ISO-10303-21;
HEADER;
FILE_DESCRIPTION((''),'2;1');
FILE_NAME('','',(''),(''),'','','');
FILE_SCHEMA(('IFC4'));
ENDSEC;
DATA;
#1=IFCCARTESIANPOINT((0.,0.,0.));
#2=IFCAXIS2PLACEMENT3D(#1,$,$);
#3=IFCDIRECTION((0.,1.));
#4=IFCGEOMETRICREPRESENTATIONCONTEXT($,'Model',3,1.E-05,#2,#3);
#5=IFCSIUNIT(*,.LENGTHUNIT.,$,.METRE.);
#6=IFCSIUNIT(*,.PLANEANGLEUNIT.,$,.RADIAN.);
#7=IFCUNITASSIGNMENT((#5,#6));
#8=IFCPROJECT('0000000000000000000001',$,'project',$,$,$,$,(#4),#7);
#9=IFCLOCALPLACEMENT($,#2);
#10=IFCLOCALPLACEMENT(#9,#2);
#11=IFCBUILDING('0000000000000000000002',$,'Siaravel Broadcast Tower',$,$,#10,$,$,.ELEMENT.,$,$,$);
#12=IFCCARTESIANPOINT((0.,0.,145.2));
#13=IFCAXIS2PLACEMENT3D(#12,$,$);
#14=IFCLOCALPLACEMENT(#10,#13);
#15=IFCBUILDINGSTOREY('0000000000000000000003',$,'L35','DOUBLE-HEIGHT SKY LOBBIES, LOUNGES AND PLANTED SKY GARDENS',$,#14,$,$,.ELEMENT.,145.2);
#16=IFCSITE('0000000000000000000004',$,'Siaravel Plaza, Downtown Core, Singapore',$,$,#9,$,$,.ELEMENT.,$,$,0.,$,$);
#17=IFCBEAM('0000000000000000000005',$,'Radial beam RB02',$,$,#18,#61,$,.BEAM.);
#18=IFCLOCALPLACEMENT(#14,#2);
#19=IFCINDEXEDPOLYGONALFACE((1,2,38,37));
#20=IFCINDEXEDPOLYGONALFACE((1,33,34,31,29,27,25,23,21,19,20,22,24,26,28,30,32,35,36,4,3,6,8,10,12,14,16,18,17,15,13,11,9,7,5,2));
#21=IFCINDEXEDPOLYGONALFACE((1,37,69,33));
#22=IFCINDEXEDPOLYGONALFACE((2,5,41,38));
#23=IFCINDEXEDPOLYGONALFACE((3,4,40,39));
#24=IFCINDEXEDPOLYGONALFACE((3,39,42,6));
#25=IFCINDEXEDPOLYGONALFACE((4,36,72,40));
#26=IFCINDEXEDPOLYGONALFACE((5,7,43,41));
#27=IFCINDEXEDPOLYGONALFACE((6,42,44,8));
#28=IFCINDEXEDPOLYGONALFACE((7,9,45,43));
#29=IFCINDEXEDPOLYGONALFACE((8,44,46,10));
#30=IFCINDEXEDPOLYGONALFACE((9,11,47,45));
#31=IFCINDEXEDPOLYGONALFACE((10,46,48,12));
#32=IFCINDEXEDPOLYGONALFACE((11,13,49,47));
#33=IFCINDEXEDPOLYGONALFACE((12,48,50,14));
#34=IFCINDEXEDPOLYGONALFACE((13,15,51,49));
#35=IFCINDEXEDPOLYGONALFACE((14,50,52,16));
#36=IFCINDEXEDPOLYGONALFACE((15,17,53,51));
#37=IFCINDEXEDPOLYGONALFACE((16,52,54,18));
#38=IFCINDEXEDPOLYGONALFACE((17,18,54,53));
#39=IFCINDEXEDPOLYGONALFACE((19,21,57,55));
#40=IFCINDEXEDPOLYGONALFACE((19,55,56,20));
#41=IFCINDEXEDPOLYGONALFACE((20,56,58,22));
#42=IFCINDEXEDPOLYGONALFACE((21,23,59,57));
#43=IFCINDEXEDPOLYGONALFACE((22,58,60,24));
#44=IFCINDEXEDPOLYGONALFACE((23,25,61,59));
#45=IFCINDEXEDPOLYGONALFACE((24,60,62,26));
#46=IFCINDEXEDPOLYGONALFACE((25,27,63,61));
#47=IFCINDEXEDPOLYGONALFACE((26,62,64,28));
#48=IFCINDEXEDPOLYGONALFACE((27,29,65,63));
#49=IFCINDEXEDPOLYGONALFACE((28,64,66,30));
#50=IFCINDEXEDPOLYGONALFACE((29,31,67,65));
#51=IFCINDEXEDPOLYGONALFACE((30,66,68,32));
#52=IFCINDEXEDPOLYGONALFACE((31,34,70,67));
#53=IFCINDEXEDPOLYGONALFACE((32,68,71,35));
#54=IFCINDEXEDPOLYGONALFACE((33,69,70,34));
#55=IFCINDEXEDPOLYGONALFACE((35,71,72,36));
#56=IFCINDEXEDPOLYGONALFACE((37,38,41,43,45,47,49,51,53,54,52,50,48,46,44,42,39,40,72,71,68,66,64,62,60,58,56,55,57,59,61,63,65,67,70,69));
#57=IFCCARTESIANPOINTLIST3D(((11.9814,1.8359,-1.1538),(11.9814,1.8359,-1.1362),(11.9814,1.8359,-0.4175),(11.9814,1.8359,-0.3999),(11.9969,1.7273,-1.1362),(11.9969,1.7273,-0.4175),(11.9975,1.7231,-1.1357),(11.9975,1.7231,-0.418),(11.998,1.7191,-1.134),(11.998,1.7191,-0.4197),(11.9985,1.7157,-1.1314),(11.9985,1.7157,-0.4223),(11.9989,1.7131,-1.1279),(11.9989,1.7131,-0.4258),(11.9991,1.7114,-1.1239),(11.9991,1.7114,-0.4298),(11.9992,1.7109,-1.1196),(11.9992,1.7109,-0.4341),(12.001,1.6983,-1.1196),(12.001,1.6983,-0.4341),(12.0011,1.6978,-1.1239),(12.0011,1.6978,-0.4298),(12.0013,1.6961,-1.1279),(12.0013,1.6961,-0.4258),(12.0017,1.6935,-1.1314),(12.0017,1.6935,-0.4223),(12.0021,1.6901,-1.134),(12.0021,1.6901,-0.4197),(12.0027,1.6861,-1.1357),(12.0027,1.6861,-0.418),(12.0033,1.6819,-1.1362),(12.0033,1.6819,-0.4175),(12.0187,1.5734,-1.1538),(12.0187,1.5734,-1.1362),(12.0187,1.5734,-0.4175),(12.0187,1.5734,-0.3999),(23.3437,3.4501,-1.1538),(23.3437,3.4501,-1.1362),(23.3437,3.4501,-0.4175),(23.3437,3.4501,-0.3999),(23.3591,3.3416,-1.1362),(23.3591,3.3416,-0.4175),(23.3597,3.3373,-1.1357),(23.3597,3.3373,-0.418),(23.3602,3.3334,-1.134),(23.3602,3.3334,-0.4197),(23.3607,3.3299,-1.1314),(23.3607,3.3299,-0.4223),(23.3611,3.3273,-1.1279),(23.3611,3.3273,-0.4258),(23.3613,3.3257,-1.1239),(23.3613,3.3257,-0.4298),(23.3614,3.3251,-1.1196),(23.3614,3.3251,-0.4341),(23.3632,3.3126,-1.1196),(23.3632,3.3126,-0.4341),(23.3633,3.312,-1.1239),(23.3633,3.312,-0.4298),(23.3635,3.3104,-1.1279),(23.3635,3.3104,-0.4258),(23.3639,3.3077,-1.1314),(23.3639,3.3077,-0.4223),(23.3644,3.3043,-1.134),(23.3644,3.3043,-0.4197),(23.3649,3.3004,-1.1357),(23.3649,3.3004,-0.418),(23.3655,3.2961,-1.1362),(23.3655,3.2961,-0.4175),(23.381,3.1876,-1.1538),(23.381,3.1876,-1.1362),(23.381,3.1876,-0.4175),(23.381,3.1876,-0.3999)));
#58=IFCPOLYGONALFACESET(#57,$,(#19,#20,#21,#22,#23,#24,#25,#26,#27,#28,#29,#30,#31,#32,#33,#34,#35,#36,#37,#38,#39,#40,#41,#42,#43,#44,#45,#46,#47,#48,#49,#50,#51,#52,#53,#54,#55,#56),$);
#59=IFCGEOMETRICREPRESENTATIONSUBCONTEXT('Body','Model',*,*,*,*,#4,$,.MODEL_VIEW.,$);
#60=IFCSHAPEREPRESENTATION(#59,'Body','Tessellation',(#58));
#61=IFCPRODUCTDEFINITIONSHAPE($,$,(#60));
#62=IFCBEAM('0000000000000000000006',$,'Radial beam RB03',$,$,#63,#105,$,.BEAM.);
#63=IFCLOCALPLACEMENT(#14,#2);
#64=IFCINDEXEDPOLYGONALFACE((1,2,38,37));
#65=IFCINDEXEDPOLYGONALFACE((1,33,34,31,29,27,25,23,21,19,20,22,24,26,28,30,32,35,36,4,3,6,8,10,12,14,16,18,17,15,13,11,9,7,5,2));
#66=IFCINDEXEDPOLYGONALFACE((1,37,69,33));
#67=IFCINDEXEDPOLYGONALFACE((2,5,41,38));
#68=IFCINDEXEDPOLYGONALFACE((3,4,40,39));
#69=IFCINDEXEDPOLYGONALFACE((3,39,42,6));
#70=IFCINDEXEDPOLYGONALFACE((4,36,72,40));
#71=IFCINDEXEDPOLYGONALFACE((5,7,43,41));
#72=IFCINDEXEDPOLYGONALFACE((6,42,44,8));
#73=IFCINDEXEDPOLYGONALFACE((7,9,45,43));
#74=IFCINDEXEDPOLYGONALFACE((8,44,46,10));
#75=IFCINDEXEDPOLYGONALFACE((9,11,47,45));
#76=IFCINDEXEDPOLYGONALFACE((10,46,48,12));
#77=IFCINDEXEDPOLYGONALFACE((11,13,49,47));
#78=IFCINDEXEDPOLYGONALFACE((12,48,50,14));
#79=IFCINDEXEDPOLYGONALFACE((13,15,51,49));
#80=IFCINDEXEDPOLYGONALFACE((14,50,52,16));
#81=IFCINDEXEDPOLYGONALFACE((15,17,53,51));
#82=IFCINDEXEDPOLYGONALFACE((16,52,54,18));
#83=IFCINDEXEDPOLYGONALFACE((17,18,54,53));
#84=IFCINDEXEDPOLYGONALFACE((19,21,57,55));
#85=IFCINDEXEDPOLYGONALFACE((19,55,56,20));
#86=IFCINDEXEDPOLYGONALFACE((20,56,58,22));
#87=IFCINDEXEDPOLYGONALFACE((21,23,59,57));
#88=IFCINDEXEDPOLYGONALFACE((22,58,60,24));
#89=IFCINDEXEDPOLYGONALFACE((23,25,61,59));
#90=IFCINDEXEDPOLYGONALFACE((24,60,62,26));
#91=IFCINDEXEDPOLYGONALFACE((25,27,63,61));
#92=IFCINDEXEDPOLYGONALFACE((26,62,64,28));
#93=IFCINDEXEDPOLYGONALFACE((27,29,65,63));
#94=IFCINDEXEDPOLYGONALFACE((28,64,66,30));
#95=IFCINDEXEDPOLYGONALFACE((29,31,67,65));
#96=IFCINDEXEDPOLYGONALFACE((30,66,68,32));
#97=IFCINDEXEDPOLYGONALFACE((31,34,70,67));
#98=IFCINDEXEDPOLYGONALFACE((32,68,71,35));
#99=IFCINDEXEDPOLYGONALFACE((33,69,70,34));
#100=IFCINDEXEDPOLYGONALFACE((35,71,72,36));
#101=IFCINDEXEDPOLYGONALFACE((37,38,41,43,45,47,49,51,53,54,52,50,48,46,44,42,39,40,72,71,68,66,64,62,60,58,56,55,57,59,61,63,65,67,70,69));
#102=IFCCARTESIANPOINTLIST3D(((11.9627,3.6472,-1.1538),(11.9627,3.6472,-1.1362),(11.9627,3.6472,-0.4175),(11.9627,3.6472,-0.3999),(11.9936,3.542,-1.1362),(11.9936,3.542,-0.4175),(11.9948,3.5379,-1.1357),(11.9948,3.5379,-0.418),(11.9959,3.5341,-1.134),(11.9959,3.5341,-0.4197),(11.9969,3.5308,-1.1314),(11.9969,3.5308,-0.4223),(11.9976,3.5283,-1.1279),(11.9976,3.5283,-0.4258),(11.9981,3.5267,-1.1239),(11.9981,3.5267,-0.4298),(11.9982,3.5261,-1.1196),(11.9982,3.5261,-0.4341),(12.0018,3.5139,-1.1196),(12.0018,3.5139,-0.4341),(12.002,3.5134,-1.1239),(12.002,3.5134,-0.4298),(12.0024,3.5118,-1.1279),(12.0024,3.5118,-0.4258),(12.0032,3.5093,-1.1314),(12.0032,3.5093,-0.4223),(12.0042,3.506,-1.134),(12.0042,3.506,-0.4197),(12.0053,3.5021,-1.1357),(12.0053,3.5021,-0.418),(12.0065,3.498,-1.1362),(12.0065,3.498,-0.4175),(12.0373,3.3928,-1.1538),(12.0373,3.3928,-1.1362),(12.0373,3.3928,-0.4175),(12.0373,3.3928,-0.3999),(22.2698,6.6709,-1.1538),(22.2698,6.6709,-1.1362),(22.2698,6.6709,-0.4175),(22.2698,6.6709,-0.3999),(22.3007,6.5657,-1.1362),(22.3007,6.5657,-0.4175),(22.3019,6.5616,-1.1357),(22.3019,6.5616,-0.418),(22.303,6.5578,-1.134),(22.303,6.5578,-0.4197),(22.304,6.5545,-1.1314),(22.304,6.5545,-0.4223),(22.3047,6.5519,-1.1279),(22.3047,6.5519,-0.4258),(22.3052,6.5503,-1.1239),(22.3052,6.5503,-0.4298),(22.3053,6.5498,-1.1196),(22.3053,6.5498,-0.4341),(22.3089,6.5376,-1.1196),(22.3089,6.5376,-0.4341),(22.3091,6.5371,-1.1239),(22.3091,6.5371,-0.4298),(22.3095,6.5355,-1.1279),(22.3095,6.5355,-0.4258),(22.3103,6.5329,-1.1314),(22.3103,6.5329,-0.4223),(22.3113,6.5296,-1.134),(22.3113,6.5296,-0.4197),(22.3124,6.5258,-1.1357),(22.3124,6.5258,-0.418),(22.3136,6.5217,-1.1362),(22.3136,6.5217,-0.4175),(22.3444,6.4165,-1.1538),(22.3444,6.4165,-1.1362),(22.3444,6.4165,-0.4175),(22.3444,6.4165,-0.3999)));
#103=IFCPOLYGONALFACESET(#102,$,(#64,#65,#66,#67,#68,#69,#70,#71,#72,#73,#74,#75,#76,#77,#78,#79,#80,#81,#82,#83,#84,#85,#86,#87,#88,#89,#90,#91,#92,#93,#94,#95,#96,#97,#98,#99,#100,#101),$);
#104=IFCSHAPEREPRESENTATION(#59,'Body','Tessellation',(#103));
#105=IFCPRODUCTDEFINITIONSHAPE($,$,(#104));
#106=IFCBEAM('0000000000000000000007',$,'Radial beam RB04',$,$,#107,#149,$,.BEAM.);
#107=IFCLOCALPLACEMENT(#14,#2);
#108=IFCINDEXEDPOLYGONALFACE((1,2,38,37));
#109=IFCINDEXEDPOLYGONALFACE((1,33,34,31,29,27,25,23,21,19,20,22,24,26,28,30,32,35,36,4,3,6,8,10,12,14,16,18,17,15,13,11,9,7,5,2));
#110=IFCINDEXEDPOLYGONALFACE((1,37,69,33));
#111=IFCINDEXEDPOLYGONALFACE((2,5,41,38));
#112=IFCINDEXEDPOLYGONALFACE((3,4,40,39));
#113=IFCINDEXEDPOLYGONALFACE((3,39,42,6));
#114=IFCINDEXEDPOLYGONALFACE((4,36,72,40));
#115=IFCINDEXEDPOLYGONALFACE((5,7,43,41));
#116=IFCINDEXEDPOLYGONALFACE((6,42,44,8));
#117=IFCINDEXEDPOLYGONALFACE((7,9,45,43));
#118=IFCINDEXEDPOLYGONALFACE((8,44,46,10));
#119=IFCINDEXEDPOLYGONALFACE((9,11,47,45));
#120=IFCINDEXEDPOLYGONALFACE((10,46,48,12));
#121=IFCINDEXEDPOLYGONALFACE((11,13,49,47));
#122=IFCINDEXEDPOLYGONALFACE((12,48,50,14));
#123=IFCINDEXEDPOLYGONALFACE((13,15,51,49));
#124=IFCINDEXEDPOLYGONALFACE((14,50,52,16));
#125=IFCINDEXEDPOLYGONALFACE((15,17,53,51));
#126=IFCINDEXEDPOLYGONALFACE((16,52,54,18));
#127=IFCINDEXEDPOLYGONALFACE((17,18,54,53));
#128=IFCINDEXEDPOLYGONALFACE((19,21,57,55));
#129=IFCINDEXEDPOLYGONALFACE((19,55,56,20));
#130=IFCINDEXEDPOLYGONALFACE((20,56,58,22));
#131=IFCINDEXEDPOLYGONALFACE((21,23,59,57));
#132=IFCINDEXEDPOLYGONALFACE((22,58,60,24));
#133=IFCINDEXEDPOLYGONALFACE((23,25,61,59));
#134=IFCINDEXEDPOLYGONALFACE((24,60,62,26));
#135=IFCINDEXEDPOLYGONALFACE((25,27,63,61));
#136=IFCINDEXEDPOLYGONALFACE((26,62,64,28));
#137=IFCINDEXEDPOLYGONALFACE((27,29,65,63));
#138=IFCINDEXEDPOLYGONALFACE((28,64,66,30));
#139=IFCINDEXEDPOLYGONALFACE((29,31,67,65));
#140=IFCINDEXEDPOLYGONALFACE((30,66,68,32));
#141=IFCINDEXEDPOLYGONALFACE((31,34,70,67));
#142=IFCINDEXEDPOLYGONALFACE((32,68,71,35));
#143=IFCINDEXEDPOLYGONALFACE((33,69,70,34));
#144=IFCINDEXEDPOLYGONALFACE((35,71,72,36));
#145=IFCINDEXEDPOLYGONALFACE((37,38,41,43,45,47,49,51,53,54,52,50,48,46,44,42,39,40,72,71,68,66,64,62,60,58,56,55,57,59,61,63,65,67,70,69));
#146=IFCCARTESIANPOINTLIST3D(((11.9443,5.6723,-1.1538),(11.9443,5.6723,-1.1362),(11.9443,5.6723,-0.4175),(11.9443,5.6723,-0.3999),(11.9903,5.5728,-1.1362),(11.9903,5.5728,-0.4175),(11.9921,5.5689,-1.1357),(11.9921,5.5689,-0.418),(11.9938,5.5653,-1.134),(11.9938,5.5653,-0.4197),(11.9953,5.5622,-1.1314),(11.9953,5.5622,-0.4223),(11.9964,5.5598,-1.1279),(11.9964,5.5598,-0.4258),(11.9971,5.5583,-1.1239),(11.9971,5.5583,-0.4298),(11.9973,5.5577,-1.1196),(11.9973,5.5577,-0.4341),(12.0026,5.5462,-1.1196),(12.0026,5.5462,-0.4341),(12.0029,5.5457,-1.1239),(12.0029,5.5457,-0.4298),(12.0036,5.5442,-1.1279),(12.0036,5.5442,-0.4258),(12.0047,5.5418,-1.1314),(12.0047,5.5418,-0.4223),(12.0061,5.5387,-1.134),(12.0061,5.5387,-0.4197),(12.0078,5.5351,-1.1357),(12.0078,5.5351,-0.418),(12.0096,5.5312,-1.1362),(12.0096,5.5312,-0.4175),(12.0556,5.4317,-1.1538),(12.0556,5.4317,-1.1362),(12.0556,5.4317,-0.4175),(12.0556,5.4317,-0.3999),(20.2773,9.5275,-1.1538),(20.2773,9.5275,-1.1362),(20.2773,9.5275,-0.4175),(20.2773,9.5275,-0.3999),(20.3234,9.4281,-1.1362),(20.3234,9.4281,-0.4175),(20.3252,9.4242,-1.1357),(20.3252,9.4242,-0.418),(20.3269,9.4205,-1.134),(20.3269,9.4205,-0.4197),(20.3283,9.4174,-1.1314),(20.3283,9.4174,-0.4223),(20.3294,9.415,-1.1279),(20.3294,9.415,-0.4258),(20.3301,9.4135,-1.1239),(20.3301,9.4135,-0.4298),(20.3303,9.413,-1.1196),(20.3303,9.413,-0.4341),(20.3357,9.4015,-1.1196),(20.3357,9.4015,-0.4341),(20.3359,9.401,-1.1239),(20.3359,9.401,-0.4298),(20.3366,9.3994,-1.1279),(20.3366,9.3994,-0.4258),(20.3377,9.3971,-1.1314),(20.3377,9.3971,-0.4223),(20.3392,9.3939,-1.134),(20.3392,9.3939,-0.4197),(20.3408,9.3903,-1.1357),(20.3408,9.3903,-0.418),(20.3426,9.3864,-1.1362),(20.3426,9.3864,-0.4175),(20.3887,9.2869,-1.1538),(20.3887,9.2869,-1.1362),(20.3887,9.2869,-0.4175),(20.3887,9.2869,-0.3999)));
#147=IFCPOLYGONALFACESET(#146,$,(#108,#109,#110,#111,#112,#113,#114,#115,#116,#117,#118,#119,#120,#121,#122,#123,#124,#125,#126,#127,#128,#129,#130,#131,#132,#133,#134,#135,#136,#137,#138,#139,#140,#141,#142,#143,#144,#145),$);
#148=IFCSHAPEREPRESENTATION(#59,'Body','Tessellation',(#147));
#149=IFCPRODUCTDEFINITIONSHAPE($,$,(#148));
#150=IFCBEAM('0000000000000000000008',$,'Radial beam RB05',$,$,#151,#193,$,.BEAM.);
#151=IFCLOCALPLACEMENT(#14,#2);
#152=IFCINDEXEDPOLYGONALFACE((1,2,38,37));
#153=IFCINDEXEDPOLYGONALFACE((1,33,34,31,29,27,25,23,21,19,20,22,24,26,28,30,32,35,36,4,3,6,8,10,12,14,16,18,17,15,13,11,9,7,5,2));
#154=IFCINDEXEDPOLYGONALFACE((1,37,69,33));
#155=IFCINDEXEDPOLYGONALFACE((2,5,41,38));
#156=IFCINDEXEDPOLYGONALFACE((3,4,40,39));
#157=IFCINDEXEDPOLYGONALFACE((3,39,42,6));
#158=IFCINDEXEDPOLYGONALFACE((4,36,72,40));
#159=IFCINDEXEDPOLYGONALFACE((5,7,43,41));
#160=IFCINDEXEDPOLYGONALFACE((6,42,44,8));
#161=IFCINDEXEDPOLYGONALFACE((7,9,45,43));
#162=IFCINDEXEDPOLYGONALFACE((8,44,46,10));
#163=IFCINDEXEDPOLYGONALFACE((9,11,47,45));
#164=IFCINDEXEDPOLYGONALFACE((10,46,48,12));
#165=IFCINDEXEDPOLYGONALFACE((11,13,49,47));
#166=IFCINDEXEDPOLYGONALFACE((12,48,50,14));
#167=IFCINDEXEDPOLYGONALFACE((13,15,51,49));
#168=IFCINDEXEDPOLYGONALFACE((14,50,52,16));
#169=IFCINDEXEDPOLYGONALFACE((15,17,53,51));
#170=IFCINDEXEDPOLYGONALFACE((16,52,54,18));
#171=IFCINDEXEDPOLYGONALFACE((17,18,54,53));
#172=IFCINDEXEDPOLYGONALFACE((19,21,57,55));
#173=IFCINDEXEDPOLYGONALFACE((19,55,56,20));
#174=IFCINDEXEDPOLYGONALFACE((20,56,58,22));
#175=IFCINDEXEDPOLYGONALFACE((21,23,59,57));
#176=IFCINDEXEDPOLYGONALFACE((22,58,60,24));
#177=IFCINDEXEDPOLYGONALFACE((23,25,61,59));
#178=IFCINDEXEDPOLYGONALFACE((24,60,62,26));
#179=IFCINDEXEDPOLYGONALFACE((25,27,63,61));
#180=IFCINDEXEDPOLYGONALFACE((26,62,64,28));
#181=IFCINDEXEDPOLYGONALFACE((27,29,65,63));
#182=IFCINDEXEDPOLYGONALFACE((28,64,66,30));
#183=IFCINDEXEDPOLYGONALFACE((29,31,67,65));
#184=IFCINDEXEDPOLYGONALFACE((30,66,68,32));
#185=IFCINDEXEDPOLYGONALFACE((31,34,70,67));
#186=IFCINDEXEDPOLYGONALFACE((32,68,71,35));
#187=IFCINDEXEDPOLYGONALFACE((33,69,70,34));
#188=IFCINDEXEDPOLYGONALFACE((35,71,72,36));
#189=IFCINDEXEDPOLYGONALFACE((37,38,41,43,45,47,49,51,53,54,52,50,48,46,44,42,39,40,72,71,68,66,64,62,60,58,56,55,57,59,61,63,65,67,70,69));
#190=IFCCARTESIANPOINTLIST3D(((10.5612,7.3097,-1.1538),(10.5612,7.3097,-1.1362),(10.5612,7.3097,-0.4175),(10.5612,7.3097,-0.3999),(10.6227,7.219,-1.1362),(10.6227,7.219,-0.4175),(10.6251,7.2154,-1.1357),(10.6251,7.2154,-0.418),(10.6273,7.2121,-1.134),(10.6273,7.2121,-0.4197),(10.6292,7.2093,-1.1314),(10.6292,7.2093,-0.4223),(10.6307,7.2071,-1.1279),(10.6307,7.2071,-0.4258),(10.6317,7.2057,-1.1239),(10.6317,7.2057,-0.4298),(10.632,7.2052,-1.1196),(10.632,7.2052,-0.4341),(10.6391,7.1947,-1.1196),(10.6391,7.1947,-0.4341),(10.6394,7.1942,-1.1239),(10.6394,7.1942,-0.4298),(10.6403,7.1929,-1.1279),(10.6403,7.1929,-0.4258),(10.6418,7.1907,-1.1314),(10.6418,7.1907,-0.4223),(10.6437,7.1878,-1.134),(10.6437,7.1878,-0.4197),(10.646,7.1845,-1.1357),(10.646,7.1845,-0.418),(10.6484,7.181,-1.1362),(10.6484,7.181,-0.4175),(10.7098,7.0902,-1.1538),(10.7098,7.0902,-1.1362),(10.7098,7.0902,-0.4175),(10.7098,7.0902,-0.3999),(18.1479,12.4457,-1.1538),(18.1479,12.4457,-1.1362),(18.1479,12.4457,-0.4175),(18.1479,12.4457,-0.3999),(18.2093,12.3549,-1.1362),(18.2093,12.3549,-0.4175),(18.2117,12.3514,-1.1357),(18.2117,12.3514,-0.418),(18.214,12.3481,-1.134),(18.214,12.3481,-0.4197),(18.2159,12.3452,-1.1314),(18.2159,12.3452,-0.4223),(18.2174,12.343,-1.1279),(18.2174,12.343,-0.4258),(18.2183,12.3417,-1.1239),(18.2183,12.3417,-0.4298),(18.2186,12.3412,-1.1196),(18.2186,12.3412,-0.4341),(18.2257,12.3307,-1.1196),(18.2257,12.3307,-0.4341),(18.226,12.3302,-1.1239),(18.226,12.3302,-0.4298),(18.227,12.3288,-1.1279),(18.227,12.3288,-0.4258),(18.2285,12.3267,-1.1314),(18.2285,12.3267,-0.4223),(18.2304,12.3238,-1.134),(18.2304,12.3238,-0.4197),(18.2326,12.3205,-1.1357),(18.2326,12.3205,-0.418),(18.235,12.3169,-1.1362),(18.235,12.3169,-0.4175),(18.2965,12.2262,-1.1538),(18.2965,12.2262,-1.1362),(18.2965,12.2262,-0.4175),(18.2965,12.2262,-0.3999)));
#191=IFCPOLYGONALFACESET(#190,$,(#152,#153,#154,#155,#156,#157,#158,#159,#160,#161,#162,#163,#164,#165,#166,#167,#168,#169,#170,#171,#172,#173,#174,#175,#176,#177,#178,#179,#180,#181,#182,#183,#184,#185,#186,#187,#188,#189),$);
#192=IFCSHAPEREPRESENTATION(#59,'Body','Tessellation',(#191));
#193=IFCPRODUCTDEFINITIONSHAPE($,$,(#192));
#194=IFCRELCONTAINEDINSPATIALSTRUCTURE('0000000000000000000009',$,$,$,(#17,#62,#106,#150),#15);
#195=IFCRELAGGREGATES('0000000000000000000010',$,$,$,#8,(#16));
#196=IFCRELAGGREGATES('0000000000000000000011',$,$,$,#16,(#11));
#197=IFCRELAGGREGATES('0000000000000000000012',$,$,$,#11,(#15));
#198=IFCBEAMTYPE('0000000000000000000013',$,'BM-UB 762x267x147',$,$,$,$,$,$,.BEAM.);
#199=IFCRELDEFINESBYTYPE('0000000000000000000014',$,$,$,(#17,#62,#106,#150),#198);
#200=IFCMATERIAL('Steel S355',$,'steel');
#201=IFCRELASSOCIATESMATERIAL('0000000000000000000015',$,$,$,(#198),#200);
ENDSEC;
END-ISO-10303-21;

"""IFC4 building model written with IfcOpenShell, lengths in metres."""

from ifc_helpers import new_model, si_unit, direction, frame, origin, origin_2d, place, context, subcontext, project, spatial, i_section, extrude, material, material_profile, profile_set, type_object, element, save


model = new_model("IFC4")

# Units and contexts
model_context = context("Model", 3, precision=1e-05, world=origin(), true_north=direction((0.0, 1.0)))
body_context = subcontext(model_context, "Body", "Model", "MODEL_VIEW")
ifc_project = project(units=[si_unit("LENGTHUNIT", "METRE"), si_unit("PLANEANGLEUNIT", "RADIAN")], contexts=[model_context])

# Site, building, storey
site_placement = place(None, origin())
site = spatial("IfcSite", under=ifc_project, at=site_placement, Name="Siaravel Plaza, Downtown Core, Singapore", CompositionType="ELEMENT", RefElevation=0.0)
building_placement = place(site_placement, origin())
building = spatial("IfcBuilding", under=site, at=building_placement, Name="Siaravel Broadcast Tower", CompositionType="ELEMENT")
storey_placement = place(building_placement, frame((0.0, 0.0, 145.2)))
storey = spatial("IfcBuildingStorey", under=building, at=storey_placement, Name="L35", Description="DOUBLE-HEIGHT SKY LOBBIES, LOUNGES AND PLANTED SKY GARDENS", CompositionType="ELEMENT", Elevation=145.2)

# Beams
ifc_material_1 = material(Name="Steel S355", Category="steel")
ifc_material_profile_1 = material_profile(ifc_material_1, i_section(OverallWidth=0.2651, OverallDepth=0.7539, WebThickness=0.0127, FlangeThickness=0.0176, FilletRadius=0.0166, at=origin_2d()))
ifc_profile_set_1 = profile_set([ifc_material_profile_1], Name="Steel S355")
beam_type = type_object("IfcBeamType", Name="BM-UB 762x267x147", PredefinedType="BEAM", material=ifc_profile_set_1)
beam_1_placement = place(storey_placement, frame((23.3623, 3.3188, -0.7769), z_axis=(-0.990058, -0.140659, 0.0), x_axis=(0.140659, -0.990058, 0.0)))
element("IfcBeam", 1, at=beam_1_placement, inside=storey, type_object=beam_type, Name="Radial beam RB02", PredefinedType="BEAM", context=body_context, shape_type="SweptSolid", body=[
    extrude(i_section(OverallWidth=0.2651, OverallDepth=0.7539, WebThickness=0.0127, FlangeThickness=0.0176, FilletRadius=0.0166, at=origin_2d()), origin(), (0.0, 0.0, 1.0), 11.4763),
])
beam_2_placement = place(storey_placement, frame((22.3071, 6.5437, -0.7769), z_axis=(-0.959563, -0.281496, 0.0), x_axis=(0.281496, -0.959563, 0.0)))
element("IfcBeam", 2, at=beam_2_placement, inside=storey, type_object=beam_type, Name="Radial beam RB03", PredefinedType="BEAM", context=body_context, shape_type="SweptSolid", body=[
    extrude(i_section(OverallWidth=0.2651, OverallDepth=0.7539, WebThickness=0.0127, FlangeThickness=0.0176, FilletRadius=0.0166, at=origin_2d()), origin(), (0.0, 0.0, 1.0), 10.7415),
])
beam_3_placement = place(storey_placement, frame((20.333, 9.4072, -0.7769), z_axis=(-0.907577, -0.419886, 0.0), x_axis=(0.419886, -0.907577, 0.0)))
element("IfcBeam", 3, at=beam_3_placement, inside=storey, type_object=beam_type, Name="Radial beam RB04", PredefinedType="BEAM", context=body_context, shape_type="SweptSolid", body=[
    extrude(i_section(OverallWidth=0.2651, OverallDepth=0.7539, WebThickness=0.0127, FlangeThickness=0.0176, FilletRadius=0.0166, at=origin_2d()), origin(), (0.0, 0.0, 1.0), 9.1816),
])
beam_4_placement = place(storey_placement, frame((18.2222, 12.3359, -0.7769), z_axis=(-0.828089, -0.560596, 0.0), x_axis=(0.560596, -0.828089, 0.0)))
element("IfcBeam", 4, at=beam_4_placement, inside=storey, type_object=beam_type, Name="Radial beam RB05", PredefinedType="BEAM", context=body_context, shape_type="SweptSolid", body=[
    extrude(i_section(OverallWidth=0.2651, OverallDepth=0.7539, WebThickness=0.0127, FlangeThickness=0.0176, FilletRadius=0.0166, at=origin_2d()), origin(), (0.0, 0.0, 1.0), 9.1616),
])

save(model, "model.ifc")
